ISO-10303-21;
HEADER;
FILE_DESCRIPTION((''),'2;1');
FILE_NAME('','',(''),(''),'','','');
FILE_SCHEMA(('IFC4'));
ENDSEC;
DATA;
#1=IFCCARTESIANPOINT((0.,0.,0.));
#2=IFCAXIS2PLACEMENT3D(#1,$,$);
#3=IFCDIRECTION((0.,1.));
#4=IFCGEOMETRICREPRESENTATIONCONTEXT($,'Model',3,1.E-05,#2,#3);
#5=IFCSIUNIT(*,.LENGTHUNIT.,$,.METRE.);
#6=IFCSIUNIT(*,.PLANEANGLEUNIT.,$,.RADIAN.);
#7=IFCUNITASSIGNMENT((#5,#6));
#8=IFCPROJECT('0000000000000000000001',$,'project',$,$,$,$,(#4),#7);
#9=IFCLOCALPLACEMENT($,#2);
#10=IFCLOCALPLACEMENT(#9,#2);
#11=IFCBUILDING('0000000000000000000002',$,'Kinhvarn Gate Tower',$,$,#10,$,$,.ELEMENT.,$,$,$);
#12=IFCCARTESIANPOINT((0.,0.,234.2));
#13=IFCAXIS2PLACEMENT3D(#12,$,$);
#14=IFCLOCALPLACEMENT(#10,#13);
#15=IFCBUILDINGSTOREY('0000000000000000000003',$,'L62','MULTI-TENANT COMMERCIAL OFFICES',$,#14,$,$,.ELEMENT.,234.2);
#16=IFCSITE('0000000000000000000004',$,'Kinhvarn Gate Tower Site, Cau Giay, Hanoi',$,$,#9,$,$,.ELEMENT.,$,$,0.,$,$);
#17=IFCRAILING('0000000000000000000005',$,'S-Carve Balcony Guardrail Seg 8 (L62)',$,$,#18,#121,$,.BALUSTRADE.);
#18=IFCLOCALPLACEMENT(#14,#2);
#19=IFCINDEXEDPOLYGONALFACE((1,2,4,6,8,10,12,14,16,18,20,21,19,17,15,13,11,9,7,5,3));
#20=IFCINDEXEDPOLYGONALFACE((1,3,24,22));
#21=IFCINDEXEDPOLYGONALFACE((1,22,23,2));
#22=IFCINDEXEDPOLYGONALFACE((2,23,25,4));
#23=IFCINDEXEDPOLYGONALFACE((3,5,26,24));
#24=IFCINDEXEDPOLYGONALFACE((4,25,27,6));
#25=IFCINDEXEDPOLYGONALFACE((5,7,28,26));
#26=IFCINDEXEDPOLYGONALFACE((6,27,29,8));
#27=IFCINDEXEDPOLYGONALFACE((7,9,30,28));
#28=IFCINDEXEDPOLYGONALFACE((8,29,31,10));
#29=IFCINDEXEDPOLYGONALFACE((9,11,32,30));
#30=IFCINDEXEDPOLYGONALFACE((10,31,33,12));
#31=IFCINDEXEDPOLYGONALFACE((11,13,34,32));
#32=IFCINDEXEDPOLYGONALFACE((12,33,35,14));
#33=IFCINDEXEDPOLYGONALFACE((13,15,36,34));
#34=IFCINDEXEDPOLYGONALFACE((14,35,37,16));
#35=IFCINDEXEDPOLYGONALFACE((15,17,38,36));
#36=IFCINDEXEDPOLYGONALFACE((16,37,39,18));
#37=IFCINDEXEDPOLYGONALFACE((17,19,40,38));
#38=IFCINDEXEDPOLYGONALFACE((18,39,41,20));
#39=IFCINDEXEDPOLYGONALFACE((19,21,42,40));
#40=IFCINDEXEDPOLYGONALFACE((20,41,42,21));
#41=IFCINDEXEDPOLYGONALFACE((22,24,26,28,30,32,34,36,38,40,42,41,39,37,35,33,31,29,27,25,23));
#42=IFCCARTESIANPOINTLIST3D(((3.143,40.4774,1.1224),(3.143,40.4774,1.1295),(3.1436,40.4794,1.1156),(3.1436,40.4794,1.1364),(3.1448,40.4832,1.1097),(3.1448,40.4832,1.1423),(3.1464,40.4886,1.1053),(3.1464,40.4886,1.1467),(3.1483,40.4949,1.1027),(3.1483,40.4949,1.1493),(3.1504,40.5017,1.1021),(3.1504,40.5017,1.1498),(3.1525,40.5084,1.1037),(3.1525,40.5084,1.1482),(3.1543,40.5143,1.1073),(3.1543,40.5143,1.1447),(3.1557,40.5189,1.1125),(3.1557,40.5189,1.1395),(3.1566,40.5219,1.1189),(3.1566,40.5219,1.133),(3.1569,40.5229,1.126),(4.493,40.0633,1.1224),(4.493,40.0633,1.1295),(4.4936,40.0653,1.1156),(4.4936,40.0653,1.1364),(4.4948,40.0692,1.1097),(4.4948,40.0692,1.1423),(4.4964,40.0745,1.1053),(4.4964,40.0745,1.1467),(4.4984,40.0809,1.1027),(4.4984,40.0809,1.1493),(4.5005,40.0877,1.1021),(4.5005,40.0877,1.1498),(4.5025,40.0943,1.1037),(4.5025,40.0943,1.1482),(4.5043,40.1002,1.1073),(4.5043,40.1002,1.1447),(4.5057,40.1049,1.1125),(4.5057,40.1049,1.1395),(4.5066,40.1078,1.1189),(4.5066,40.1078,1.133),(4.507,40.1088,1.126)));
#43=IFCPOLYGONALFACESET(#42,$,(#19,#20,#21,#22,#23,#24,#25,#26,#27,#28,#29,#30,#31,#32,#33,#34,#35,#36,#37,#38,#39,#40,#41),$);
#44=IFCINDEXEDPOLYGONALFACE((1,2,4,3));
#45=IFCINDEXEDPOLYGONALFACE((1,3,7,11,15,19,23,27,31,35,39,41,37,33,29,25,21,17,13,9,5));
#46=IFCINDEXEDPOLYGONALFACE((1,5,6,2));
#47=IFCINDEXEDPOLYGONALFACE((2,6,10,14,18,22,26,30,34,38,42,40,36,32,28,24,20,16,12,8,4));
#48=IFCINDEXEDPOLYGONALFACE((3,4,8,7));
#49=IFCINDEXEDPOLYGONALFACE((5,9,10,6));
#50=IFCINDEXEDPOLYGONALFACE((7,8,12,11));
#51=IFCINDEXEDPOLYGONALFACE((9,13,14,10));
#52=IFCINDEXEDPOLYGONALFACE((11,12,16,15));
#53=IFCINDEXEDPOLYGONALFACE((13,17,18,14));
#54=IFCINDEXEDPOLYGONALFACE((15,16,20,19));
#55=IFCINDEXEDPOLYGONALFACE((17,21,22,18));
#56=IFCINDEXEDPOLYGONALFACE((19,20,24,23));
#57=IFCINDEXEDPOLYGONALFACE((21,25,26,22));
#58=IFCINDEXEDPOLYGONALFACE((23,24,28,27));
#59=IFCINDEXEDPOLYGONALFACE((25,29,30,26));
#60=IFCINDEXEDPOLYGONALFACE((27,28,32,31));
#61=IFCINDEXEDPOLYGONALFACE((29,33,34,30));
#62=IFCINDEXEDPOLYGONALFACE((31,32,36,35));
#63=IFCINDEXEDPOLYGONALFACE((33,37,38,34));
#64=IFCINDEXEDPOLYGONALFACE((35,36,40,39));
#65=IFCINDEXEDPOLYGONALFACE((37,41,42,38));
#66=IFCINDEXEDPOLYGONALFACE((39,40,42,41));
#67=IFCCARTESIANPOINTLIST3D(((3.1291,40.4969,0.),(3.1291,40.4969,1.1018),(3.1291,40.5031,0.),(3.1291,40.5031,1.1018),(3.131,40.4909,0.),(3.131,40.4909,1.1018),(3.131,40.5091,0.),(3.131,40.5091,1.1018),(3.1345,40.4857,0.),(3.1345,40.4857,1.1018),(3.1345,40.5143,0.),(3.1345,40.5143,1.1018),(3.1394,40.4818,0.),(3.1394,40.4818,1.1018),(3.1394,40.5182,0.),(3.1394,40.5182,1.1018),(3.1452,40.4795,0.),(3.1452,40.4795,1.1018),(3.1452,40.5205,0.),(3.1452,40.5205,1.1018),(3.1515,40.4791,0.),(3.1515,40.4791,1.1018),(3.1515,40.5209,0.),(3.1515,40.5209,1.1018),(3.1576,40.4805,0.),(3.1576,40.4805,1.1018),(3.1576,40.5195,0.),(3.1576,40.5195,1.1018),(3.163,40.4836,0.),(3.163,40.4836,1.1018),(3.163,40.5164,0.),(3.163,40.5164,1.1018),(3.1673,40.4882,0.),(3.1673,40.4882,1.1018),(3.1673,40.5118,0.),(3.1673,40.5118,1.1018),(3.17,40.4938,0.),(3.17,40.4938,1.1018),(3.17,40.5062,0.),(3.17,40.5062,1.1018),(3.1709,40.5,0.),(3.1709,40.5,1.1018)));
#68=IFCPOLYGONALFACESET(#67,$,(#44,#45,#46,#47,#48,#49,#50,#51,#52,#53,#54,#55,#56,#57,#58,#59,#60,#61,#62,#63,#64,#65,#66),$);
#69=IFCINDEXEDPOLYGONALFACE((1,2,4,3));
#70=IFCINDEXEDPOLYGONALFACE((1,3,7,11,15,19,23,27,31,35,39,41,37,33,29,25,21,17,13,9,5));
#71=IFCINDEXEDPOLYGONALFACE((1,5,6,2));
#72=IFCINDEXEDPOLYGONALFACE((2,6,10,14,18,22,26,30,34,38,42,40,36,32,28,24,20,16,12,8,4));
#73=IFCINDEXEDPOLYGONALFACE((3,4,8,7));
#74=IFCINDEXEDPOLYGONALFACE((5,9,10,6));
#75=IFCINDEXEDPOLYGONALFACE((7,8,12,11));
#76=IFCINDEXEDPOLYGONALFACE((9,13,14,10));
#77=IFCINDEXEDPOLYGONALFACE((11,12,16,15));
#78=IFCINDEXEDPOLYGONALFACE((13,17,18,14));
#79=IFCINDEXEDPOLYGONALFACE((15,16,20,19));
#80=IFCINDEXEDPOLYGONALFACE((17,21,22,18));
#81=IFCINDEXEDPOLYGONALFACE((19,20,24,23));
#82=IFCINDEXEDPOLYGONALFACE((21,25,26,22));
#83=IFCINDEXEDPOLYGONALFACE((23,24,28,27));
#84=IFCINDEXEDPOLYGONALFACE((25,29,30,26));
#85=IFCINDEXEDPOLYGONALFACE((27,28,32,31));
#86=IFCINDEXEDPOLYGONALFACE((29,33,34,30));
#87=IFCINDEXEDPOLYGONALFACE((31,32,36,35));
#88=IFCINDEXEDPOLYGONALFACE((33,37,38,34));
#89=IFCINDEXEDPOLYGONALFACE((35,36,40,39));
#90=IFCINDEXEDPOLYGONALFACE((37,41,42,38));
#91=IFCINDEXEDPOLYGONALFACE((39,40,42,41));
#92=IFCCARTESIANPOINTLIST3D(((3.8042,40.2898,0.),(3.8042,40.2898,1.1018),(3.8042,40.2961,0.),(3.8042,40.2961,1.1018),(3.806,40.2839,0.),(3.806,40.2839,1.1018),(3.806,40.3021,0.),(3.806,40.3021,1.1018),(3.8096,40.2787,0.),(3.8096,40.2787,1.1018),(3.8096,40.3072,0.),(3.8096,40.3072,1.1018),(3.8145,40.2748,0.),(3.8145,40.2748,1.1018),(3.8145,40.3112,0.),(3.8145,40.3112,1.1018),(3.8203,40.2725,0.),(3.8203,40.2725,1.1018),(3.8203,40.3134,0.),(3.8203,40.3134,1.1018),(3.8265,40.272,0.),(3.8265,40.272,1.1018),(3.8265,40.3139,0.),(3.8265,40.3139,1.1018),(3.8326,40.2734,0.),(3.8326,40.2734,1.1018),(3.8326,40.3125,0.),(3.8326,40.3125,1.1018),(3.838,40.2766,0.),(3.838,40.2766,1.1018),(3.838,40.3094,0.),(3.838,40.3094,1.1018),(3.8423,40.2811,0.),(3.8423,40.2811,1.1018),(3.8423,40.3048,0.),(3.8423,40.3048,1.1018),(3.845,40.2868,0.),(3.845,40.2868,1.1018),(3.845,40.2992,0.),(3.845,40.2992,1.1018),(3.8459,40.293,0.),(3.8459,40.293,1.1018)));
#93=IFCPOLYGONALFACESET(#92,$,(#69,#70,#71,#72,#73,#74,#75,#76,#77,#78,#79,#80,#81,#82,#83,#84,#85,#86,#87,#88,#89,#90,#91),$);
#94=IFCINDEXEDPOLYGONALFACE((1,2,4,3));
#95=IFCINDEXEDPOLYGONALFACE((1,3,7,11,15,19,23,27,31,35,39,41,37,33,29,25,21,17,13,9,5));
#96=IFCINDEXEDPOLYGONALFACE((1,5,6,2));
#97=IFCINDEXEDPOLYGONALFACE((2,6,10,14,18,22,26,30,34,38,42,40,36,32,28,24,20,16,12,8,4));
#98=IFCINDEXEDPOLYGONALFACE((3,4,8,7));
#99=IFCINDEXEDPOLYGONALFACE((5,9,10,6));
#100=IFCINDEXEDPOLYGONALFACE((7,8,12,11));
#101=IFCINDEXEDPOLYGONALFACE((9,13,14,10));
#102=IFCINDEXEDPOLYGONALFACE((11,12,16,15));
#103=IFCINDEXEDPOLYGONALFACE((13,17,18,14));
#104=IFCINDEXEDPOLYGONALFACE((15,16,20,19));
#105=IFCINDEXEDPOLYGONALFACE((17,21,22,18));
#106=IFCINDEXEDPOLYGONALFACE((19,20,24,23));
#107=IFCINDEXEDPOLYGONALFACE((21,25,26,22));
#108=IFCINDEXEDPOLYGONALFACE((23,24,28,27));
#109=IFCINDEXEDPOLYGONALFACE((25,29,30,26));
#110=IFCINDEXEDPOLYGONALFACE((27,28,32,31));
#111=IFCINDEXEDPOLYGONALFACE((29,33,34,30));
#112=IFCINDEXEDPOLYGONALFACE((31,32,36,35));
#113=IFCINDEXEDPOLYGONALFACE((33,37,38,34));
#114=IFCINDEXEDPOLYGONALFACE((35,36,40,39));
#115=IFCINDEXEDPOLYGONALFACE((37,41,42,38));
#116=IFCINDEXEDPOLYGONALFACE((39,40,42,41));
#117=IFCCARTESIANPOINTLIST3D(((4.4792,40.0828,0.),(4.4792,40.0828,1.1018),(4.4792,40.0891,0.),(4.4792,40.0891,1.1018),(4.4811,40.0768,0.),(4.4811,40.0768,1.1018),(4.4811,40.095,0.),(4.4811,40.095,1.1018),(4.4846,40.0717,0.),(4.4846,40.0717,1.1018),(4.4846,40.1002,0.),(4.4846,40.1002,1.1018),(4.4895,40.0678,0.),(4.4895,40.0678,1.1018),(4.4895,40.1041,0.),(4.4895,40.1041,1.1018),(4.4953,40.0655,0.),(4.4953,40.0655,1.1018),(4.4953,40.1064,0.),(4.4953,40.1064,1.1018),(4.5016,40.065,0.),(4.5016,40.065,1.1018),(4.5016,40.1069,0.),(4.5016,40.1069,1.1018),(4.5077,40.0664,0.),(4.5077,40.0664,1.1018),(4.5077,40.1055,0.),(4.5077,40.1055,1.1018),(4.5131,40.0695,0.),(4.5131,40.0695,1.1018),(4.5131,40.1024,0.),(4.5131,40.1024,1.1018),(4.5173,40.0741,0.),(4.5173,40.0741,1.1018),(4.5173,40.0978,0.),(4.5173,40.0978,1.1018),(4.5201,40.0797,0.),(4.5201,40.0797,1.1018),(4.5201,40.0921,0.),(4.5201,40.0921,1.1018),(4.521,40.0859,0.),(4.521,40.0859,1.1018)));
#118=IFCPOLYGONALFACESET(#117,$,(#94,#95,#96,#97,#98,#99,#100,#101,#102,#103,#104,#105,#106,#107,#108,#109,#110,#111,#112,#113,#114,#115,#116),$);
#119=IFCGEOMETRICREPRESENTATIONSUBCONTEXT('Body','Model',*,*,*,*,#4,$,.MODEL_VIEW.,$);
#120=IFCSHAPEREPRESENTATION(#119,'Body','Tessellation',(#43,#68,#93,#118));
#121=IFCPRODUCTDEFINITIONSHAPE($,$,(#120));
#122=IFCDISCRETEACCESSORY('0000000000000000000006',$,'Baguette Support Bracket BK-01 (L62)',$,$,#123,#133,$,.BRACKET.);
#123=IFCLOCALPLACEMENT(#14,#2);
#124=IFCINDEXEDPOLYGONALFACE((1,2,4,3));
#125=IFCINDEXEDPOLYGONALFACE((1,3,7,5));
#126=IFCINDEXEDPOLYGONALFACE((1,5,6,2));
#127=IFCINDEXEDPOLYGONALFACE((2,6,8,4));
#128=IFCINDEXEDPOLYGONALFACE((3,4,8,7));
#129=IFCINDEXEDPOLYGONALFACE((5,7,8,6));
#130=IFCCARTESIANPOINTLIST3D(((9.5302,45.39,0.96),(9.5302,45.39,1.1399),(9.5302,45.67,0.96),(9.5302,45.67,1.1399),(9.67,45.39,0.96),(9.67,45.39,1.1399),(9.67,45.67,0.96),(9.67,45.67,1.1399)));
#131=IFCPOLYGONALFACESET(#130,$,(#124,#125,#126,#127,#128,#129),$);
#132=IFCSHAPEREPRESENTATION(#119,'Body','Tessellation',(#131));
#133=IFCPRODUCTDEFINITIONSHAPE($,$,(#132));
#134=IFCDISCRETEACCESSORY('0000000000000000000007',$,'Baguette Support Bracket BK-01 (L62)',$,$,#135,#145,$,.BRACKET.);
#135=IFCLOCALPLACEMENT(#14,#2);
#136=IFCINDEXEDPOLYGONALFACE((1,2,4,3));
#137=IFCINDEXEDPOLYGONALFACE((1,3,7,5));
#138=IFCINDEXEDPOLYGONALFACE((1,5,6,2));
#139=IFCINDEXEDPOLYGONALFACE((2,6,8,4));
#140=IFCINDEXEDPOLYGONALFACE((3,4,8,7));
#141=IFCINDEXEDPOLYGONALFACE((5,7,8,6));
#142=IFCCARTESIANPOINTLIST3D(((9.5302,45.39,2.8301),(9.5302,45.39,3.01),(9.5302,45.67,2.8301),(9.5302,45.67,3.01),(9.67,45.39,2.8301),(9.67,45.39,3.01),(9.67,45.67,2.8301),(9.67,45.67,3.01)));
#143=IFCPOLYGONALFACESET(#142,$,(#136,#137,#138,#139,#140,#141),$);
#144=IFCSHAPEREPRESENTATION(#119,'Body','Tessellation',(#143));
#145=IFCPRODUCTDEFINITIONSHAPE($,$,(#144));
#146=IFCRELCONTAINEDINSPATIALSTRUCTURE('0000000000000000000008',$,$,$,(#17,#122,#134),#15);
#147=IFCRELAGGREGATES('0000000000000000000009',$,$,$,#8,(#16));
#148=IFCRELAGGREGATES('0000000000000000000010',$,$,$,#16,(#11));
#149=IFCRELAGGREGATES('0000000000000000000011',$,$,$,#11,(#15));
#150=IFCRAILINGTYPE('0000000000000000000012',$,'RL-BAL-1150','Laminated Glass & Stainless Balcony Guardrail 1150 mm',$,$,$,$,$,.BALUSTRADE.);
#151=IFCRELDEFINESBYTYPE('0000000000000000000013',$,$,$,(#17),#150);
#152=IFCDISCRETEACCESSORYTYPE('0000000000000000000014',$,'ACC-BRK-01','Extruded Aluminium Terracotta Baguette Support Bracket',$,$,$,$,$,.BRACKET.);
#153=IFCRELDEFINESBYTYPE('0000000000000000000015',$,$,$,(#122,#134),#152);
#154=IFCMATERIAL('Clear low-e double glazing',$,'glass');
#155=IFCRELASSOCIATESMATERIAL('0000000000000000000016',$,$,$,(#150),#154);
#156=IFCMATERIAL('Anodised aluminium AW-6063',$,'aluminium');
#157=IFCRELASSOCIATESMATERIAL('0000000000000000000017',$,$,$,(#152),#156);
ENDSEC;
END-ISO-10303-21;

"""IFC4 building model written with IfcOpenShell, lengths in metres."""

from ifc_helpers import new_model, si_unit, direction, frame, origin, origin_2d, place, context, subcontext, project, spatial, rectangle, circle, extrude, material, type_object, element, save


model = new_model("IFC4")

# Units and contexts
model_context = context("Model", 3, precision=1e-05, world=origin(), true_north=direction((0.0, 1.0)))
body_context = subcontext(model_context, "Body", "Model", "MODEL_VIEW")
ifc_project = project(units=[si_unit("LENGTHUNIT", "METRE"), si_unit("PLANEANGLEUNIT", "RADIAN")], contexts=[model_context])

# Site, building, storey
site_placement = place(None, origin())
site = spatial("IfcSite", under=ifc_project, at=site_placement, Name="Kinhvarn Gate Tower Site, Cau Giay, Hanoi", CompositionType="ELEMENT", RefElevation=0.0)
building_placement = place(site_placement, origin())
building = spatial("IfcBuilding", under=site, at=building_placement, Name="Kinhvarn Gate Tower", CompositionType="ELEMENT")
storey_placement = place(building_placement, frame((0.0, 0.0, 234.2)))
storey = spatial("IfcBuildingStorey", under=building, at=storey_placement, Name="L62", Description="MULTI-TENANT COMMERCIAL OFFICES", CompositionType="ELEMENT", Elevation=234.2)

# Shared definitions
ifc_material_1 = material(Name="Anodised aluminium AW-6063", Category="aluminium")

# Shared definitions
ifc_material_2 = material(Name="Clear low-e double glazing", Category="glass")

# Railing
railing_type = type_object("IfcRailingType", Name="RL-BAL-1150", Description="Laminated Glass & Stainless Balcony Guardrail 1150 mm", PredefinedType="BALUSTRADE", material=ifc_material_2)
railing_1_placement = place(storey_placement, frame((3.1499, 40.5, 0.0)))
element("IfcRailing", 1, at=railing_1_placement, inside=storey, type_object=railing_type, Name="S-Carve Balcony Guardrail Seg 8 (L62)", PredefinedType="BALUSTRADE", context=body_context, shape_type="SweptSolid", body=[
    extrude(circle(Radius=0.0239, at=origin_2d()), frame((0.0, 0.0, 1.126), z_axis=(0.956048, -0.293211, 0.0), x_axis=(0.293211, 0.956048, 0.0)), (0.0, 0.0, 1.0), 1.4121),
    extrude(circle(Radius=0.021, at=origin_2d()), origin(), (0.0, 0.0, 1.0), 1.1018),
    extrude(circle(Radius=0.021, at=origin_2d()), frame((0.675, -0.207, 0.0)), (0.0, 0.0, 1.0), 1.1018),
    extrude(circle(Radius=0.021, at=origin_2d()), frame((1.3501, -0.4141, 0.0)), (0.0, 0.0, 1.0), 1.1018),
])

# Discrete accessories
discrete_accessory_type = type_object("IfcDiscreteAccessoryType", Name="ACC-BRK-01", Description="Extruded Aluminium Terracotta Baguette Support Bracket", PredefinedType="BRACKET", material=ifc_material_1)
for number, where, z_axis, x_axis, name in (
    (2, (9.6001, 45.53, 0.96), (0.0, 0.0, 1.0), (-1.0, 0.0, 0.0), "Baguette Support Bracket BK-01 (L62)"),
    (3, (9.6001, 45.53, 2.8301), (0.0, 0.0, 1.0), (-1.0, 0.0, 0.0), "Baguette Support Bracket BK-01 (L62)"),
):
    element("IfcDiscreteAccessory", number, at=place(storey_placement, frame(where, z_axis=z_axis, x_axis=x_axis)), inside=storey, type_object=discrete_accessory_type, Name=name, PredefinedType="BRACKET", context=body_context, shape_type="SweptSolid", body=[
        extrude(rectangle(XDim=0.1399, YDim=0.28, at=origin_2d()), origin(), (0.0, 0.0, 1.0), 0.1799),
    ])

save(model, "model.ifc")
